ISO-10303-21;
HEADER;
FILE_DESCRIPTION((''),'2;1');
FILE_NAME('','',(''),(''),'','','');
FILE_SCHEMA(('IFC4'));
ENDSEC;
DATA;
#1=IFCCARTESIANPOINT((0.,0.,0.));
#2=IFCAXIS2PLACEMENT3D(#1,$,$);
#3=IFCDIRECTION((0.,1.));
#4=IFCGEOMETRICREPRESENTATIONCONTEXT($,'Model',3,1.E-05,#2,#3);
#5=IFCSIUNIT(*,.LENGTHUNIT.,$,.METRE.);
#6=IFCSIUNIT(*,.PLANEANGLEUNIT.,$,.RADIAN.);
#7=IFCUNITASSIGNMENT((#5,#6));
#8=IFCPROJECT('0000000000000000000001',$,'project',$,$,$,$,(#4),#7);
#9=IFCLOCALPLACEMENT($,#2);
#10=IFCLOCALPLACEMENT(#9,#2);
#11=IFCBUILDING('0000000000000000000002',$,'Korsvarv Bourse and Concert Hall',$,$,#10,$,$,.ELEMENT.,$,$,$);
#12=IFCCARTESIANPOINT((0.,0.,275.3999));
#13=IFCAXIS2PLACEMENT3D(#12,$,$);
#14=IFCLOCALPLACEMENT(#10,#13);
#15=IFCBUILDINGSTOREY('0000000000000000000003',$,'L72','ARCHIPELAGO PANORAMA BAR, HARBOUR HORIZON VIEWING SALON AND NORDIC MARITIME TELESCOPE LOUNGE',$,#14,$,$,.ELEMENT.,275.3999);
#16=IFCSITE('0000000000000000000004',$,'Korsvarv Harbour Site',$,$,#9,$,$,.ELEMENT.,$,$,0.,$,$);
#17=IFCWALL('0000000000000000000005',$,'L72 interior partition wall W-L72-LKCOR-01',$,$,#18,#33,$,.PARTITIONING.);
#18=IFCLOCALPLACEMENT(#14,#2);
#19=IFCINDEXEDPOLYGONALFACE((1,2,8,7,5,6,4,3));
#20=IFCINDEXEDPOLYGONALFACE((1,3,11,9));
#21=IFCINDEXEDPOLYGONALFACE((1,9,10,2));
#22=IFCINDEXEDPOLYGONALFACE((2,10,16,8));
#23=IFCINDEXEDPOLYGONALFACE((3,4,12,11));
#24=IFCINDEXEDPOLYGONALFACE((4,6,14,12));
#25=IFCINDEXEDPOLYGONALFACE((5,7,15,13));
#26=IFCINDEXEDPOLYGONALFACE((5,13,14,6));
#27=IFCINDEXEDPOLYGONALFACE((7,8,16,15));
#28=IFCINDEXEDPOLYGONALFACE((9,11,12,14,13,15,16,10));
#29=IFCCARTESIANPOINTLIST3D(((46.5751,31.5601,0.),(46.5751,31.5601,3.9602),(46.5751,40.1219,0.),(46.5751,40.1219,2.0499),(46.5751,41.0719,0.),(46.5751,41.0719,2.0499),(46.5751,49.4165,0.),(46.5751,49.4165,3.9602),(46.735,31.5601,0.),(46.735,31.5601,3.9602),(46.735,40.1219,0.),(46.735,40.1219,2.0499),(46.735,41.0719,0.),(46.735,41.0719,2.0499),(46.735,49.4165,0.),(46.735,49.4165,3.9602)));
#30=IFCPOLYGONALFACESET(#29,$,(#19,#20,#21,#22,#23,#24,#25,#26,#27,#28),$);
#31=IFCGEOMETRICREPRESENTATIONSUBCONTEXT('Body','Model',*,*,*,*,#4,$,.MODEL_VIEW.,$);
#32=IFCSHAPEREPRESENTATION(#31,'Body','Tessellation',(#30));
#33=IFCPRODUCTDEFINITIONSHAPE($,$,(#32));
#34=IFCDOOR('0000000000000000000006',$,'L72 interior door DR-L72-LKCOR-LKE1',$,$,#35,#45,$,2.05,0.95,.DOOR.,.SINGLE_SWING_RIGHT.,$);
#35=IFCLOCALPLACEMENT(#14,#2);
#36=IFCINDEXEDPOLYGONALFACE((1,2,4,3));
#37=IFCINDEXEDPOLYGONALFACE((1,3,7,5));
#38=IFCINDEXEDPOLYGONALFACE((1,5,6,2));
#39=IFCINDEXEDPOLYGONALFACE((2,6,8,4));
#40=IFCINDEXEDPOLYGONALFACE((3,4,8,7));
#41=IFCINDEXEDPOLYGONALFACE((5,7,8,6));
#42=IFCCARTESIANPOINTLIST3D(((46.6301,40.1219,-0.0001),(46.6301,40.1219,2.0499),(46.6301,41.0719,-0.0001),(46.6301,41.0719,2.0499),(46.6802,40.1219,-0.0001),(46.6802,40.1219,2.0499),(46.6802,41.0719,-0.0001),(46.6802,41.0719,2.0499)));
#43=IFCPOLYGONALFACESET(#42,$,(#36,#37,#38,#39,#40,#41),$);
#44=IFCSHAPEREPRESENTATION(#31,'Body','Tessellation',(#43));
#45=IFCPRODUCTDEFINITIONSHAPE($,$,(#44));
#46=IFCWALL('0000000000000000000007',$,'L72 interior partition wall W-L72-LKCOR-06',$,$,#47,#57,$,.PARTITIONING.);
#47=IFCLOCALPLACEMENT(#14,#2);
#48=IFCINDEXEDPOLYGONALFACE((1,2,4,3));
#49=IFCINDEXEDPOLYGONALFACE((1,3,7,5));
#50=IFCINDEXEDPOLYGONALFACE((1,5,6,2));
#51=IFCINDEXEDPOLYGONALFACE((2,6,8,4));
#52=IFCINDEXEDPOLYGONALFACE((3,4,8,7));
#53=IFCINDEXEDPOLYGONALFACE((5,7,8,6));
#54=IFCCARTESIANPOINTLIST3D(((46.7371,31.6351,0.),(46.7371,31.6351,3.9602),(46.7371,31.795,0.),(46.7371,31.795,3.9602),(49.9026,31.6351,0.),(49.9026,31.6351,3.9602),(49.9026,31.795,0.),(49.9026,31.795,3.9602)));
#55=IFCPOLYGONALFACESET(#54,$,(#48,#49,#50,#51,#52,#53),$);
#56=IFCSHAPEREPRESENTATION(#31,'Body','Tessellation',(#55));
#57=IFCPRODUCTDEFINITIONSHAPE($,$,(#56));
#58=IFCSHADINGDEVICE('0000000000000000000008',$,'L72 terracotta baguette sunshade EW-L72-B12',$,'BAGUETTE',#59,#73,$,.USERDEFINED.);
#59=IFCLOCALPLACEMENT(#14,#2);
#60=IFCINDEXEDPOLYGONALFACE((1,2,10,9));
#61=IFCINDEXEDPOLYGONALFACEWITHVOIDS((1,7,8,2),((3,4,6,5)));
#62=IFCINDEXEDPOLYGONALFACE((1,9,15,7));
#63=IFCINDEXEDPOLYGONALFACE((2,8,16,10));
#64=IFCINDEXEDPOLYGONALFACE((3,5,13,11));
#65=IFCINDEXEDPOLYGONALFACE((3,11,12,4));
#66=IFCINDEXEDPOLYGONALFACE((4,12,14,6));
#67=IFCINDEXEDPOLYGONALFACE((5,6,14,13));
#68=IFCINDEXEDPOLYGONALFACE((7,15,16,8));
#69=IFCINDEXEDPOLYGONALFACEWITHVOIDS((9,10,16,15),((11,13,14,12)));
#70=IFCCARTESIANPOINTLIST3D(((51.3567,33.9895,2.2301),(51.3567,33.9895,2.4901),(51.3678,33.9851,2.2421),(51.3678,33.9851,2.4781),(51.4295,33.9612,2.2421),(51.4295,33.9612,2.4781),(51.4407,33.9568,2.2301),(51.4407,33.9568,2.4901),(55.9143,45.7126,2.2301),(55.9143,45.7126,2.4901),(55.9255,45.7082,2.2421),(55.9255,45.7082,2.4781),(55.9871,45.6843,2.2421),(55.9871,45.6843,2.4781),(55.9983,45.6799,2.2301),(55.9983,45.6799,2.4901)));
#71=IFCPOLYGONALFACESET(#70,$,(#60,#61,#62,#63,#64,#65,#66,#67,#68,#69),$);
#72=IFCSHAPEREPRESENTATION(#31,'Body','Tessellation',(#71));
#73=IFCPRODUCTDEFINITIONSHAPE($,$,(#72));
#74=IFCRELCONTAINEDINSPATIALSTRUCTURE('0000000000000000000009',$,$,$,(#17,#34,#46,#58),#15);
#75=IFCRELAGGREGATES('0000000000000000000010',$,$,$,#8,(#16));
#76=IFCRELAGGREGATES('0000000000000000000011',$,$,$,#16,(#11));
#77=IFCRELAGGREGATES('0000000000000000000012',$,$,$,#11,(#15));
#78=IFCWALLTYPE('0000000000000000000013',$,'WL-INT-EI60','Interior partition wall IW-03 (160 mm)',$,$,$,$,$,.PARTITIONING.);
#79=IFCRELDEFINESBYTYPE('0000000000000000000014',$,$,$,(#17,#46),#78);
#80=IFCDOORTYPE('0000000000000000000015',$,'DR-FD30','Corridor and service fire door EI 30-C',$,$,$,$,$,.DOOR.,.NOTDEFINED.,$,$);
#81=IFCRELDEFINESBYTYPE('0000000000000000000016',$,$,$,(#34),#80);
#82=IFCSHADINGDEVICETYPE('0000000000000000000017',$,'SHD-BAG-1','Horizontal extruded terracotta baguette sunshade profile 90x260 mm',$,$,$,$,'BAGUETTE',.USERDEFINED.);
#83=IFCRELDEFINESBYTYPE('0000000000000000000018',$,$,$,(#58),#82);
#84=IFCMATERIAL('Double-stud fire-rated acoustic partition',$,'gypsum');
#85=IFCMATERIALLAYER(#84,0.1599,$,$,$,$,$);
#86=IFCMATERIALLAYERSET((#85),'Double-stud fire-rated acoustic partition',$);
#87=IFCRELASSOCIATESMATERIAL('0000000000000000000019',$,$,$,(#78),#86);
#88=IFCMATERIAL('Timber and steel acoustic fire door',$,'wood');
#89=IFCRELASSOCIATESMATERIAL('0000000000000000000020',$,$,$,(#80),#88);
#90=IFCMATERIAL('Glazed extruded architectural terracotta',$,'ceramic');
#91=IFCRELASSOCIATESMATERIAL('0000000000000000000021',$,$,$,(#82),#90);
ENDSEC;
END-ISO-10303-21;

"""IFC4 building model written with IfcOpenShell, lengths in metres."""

from ifc_helpers import new_model, si_unit, direction, frame, frame_2d, origin, origin_2d, place, context, subcontext, project, spatial, rectangle, hollow_rectangle, extrude, source, transform, mapped, material, layer, layer_set, material_profile, profile_set, type_object, element, fill, save


model = new_model("IFC4")

# Units and contexts
model_context = context("Model", 3, precision=1e-05, world=origin(), true_north=direction((0.0, 1.0)))
body_context = subcontext(model_context, "Body", "Model", "MODEL_VIEW")
ifc_project = project(units=[si_unit("LENGTHUNIT", "METRE"), si_unit("PLANEANGLEUNIT", "RADIAN")], contexts=[model_context])

# Site, building, storey
site_placement = place(None, origin())
site = spatial("IfcSite", under=ifc_project, at=site_placement, Name="Korsvarv Harbour Site", CompositionType="ELEMENT", RefElevation=0.0)
building_placement = place(site_placement, origin())
building = spatial("IfcBuilding", under=site, at=building_placement, Name="Korsvarv Bourse and Concert Hall", CompositionType="ELEMENT")
storey_placement = place(building_placement, frame((0.0, 0.0, 275.3999)))
storey = spatial("IfcBuildingStorey", under=building, at=storey_placement, Name="L72", Description="ARCHIPELAGO PANORAMA BAR, HARBOUR HORIZON VIEWING SALON AND NORDIC MARITIME TELESCOPE LOUNGE", CompositionType="ELEMENT", Elevation=275.3999)

# Wall, opening, door
ifc_material_1 = material(Name="Double-stud fire-rated acoustic partition", Category="gypsum")
ifc_layer_1 = layer(ifc_material_1, 0.1599)
ifc_layer_set_1 = layer_set([ifc_layer_1], Name="Double-stud fire-rated acoustic partition")
wall_type_1 = type_object("IfcWallType", Name="WL-INT-EI60", Description="Interior partition wall IW-03 (160 mm)", PredefinedType="PARTITIONING", material=ifc_layer_set_1)
wall_1_placement = place(storey_placement, frame((46.655, 31.5601, 0.0), z_axis=(0.0, 0.0, 1.0), x_axis=(0.0, 1.0, 0.0)))
wall_1 = element("IfcWall", 1, at=wall_1_placement, inside=storey, type_object=wall_type_1, Name="L72 interior partition wall W-L72-LKCOR-01", PredefinedType="PARTITIONING", context=body_context, shape_type="SweptSolid", body=[
    extrude(rectangle(XDim=17.8564, YDim=0.1599, at=frame_2d((8.9282, 0.0))), origin(), (0.0, 0.0, 1.0), 3.9602),
])
opening_1_placement = place(wall_1_placement, frame((8.5618, 0.0, 0.0)))
opening_1 = element("IfcOpeningElement", 2, at=opening_1_placement, cuts=wall_1, PredefinedType="OPENING", context=body_context, shape_type="SweptSolid", body=[
    extrude(rectangle(XDim=0.95, YDim=2.05, at=frame_2d((0.4751, 1.0249))), frame((0.0, 0.0898, 0.0), z_axis=(0.0, -1.0, 0.0), x_axis=(1.0, 0.0, 0.0)), (0.0, 0.0, 1.0), 0.1799),
])
ifc_material_2 = material(Name="Timber and steel acoustic fire door", Category="wood")
door_type_1 = type_object("IfcDoorType", Name="DR-FD30", Description="Corridor and service fire door EI 30-C", OperationType="NOTDEFINED", PredefinedType="DOOR", material=ifc_material_2)
door_1_placement = place(opening_1_placement, origin())
door_1 = element("IfcDoor", 3, at=door_1_placement, inside=storey, type_object=door_type_1, Name="L72 interior door DR-L72-LKCOR-LKE1", OperationType="SINGLE_SWING_RIGHT", OverallHeight=2.05, OverallWidth=0.95, PredefinedType="DOOR", context=body_context, shape_type="SweptSolid", body=[
    extrude(rectangle(XDim=0.95, YDim=2.05, at=frame_2d((0.4751, 1.0249))), frame((0.0, 0.0249, 0.0), z_axis=(0.0, -1.0, 0.0), x_axis=(1.0, 0.0, 0.0)), (0.0, 0.0, 1.0), 0.05),
])
fill(opening_1, door_1)

# Wall
wall_2_placement = place(storey_placement, frame((46.7371, 31.7151, 0.0), z_axis=(0.0, 0.0, 1.0), x_axis=(1.0, 0.0, 0.0)))
element("IfcWall", 4, at=wall_2_placement, inside=storey, type_object=wall_type_1, Name="L72 interior partition wall W-L72-LKCOR-06", PredefinedType="PARTITIONING", context=body_context, shape_type="SweptSolid", body=[
    extrude(rectangle(XDim=3.1655, YDim=0.1599, at=frame_2d((1.5828, 0.0))), origin(), (0.0, 0.0, 1.0), 3.9602),
])

# Shading device
ifc_material_3 = material(Name="Glazed extruded architectural terracotta", Category="ceramic")
ifc_material_profile_1 = material_profile(ifc_material_3, hollow_rectangle(XDim=0.0901, YDim=0.26, WallThickness=0.012, at=origin_2d()), Name="TC-BAG 90x260")
ifc_profile_set_1 = profile_set([ifc_material_profile_1], Name="Glazed extruded architectural terracotta")
shading_device_type = type_object("IfcShadingDeviceType", Name="SHD-BAG-1", Description="Horizontal extruded terracotta baguette sunshade profile 90x260 mm", ElementType="BAGUETTE", PredefinedType="USERDEFINED", material=ifc_profile_set_1)
shared_shape_1 = source(origin(), body_context, "Body", "SweptSolid", [
    extrude(hollow_rectangle(XDim=0.0901, YDim=0.26, WallThickness=0.012, at=origin_2d()), origin(), (0.0, 0.0, 1.0), 12.5779),
])
shading_device_placement = place(storey_placement, frame((51.3987, 33.9731, 2.3601), z_axis=(0.362351, 0.932042, 0.0), x_axis=(-0.932042, 0.362351, 0.0)))
element("IfcShadingDevice", 5, at=shading_device_placement, inside=storey, type_object=shading_device_type, Name="L72 terracotta baguette sunshade EW-L72-B12", ObjectType="BAGUETTE", PredefinedType="USERDEFINED", context=body_context, shape_type="MappedRepresentation", body=[
    mapped(shared_shape_1, transform((0.0, 0.0, 0.0), scale=1.0)),
])

save(model, "model.ifc")
